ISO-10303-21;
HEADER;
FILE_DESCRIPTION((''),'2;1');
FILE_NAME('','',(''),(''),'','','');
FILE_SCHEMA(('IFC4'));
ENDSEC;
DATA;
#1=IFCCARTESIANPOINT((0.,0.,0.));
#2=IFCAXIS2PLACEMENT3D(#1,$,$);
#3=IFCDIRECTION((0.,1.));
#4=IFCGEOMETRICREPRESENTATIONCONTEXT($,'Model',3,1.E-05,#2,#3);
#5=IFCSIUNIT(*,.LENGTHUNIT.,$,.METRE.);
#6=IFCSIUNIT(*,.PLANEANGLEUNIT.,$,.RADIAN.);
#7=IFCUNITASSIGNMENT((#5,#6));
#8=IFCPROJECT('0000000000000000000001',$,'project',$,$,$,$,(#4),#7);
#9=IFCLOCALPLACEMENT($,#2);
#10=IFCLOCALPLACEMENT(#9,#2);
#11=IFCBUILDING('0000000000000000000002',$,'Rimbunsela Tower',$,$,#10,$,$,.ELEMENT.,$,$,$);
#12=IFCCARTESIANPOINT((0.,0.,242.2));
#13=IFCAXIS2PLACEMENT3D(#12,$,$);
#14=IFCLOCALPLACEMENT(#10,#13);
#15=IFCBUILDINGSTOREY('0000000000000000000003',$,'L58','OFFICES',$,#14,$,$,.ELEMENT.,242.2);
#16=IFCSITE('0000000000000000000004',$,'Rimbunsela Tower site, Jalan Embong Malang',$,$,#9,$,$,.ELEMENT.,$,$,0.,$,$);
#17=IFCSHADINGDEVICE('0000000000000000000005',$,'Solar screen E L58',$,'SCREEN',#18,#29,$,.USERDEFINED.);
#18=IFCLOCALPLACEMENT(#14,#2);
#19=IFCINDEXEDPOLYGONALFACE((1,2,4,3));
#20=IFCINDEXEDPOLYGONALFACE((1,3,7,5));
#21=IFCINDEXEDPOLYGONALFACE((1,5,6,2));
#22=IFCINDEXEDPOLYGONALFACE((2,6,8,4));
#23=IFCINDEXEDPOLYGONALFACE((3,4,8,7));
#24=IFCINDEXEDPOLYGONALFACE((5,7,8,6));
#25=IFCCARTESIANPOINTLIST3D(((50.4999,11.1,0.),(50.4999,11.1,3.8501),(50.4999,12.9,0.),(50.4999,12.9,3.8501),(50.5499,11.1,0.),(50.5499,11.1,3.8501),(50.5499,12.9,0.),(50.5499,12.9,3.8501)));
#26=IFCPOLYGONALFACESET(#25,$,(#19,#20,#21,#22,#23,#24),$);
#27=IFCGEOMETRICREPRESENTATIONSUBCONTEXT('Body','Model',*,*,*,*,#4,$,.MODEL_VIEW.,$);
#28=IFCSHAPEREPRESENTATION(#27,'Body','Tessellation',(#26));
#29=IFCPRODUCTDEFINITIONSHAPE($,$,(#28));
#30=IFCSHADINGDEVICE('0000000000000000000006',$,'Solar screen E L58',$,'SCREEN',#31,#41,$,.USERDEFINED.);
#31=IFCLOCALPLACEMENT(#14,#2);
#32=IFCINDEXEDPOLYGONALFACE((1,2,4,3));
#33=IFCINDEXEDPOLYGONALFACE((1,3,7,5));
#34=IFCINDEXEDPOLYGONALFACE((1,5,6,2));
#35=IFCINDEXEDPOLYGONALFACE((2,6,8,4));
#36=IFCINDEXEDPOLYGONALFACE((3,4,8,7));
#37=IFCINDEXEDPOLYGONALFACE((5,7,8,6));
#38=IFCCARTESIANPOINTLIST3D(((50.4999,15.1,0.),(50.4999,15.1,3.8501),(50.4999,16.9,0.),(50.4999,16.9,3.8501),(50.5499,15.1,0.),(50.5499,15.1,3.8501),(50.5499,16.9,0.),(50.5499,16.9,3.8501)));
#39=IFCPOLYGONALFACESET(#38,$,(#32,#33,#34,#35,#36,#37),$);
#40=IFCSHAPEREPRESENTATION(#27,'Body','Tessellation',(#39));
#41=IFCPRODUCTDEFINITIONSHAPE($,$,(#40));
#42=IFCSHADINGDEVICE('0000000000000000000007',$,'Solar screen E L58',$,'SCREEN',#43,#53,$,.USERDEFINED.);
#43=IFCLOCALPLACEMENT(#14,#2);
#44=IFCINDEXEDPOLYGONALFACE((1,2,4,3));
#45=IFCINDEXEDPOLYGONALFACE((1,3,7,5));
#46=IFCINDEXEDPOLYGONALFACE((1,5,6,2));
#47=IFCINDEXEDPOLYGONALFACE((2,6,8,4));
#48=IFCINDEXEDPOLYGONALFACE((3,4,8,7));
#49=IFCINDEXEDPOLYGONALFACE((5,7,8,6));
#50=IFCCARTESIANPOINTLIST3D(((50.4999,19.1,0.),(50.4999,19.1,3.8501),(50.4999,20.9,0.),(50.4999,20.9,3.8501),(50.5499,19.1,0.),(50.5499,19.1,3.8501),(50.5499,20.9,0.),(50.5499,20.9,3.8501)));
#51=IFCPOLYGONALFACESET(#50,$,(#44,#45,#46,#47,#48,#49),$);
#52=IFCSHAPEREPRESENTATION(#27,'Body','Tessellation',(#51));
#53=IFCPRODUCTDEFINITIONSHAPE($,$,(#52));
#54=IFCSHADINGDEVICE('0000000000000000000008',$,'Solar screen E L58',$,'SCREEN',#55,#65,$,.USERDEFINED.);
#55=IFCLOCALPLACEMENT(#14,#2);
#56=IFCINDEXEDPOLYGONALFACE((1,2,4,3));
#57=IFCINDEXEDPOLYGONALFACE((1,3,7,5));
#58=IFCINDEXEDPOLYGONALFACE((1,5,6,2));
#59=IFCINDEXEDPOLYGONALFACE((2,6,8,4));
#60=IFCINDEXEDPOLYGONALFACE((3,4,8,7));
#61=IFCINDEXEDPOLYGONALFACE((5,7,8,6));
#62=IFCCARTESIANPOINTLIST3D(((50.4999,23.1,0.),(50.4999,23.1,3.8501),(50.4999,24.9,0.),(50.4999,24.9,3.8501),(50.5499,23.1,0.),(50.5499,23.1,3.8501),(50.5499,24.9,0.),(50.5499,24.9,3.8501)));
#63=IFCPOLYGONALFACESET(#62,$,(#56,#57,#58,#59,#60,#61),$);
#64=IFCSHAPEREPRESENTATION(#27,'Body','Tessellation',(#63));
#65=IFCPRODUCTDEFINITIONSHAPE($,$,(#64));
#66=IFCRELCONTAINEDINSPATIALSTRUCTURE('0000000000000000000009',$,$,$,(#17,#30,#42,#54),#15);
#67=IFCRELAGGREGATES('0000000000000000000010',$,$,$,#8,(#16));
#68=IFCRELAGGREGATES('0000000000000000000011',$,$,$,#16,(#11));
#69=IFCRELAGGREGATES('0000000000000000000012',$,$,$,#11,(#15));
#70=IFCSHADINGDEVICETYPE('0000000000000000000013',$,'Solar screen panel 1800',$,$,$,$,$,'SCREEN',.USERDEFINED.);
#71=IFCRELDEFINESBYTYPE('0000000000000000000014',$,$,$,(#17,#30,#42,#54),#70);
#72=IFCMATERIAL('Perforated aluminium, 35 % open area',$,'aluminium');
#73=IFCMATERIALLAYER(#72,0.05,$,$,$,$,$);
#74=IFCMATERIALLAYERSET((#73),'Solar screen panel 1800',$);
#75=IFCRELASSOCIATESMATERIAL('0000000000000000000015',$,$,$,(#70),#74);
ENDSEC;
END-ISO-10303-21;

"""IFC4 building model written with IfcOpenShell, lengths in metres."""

from ifc_helpers import new_model, si_unit, direction, frame, origin, origin_2d, place, context, subcontext, project, spatial, rectangle, extrude, material, layer, layer_set, type_object, element, save


model = new_model("IFC4")

# Units and contexts
model_context = context("Model", 3, precision=1e-05, world=origin(), true_north=direction((0.0, 1.0)))
body_context = subcontext(model_context, "Body", "Model", "MODEL_VIEW")
ifc_project = project(units=[si_unit("LENGTHUNIT", "METRE"), si_unit("PLANEANGLEUNIT", "RADIAN")], contexts=[model_context])

# Site, building, storey
site_placement = place(None, origin())
site = spatial("IfcSite", under=ifc_project, at=site_placement, Name="Rimbunsela Tower site, Jalan Embong Malang", CompositionType="ELEMENT", RefElevation=0.0)
building_placement = place(site_placement, origin())
building = spatial("IfcBuilding", under=site, at=building_placement, Name="Rimbunsela Tower", CompositionType="ELEMENT")
storey_placement = place(building_placement, frame((0.0, 0.0, 242.2)))
storey = spatial("IfcBuildingStorey", under=building, at=storey_placement, Name="L58", Description="OFFICES", CompositionType="ELEMENT", Elevation=242.2)

# Shading devices
ifc_material_1 = material(Name="Perforated aluminium, 35 % open area", Category="aluminium")
ifc_layer_1 = layer(ifc_material_1, 0.05)
ifc_layer_set_1 = layer_set([ifc_layer_1], Name="Solar screen panel 1800")
shading_device_type = type_object("IfcShadingDeviceType", Name="Solar screen panel 1800", ElementType="SCREEN", PredefinedType="USERDEFINED", material=ifc_layer_set_1)
for number, where, z_axis, x_axis, name in (
    (1, (50.5249, 12.0, 0.0), (0.0, 0.0, 1.0), (0.0, 1.0, 0.0), "Solar screen E L58"),
    (2, (50.5249, 16.0, 0.0), (0.0, 0.0, 1.0), (0.0, 1.0, 0.0), "Solar screen E L58"),
    (3, (50.5249, 20.0, 0.0), (0.0, 0.0, 1.0), (0.0, 1.0, 0.0), "Solar screen E L58"),
    (4, (50.5249, 24.0, 0.0), (0.0, 0.0, 1.0), (0.0, 1.0, 0.0), "Solar screen E L58"),
):
    element("IfcShadingDevice", number, at=place(storey_placement, frame(where, z_axis=z_axis, x_axis=x_axis)), inside=storey, type_object=shading_device_type, Name=name, ObjectType="SCREEN", PredefinedType="USERDEFINED", context=body_context, shape_type="SweptSolid", body=[
        extrude(rectangle(XDim=1.8, YDim=0.05, at=origin_2d()), origin(), (0.0, 0.0, 1.0), 3.8501),
    ])

save(model, "model.ifc")
